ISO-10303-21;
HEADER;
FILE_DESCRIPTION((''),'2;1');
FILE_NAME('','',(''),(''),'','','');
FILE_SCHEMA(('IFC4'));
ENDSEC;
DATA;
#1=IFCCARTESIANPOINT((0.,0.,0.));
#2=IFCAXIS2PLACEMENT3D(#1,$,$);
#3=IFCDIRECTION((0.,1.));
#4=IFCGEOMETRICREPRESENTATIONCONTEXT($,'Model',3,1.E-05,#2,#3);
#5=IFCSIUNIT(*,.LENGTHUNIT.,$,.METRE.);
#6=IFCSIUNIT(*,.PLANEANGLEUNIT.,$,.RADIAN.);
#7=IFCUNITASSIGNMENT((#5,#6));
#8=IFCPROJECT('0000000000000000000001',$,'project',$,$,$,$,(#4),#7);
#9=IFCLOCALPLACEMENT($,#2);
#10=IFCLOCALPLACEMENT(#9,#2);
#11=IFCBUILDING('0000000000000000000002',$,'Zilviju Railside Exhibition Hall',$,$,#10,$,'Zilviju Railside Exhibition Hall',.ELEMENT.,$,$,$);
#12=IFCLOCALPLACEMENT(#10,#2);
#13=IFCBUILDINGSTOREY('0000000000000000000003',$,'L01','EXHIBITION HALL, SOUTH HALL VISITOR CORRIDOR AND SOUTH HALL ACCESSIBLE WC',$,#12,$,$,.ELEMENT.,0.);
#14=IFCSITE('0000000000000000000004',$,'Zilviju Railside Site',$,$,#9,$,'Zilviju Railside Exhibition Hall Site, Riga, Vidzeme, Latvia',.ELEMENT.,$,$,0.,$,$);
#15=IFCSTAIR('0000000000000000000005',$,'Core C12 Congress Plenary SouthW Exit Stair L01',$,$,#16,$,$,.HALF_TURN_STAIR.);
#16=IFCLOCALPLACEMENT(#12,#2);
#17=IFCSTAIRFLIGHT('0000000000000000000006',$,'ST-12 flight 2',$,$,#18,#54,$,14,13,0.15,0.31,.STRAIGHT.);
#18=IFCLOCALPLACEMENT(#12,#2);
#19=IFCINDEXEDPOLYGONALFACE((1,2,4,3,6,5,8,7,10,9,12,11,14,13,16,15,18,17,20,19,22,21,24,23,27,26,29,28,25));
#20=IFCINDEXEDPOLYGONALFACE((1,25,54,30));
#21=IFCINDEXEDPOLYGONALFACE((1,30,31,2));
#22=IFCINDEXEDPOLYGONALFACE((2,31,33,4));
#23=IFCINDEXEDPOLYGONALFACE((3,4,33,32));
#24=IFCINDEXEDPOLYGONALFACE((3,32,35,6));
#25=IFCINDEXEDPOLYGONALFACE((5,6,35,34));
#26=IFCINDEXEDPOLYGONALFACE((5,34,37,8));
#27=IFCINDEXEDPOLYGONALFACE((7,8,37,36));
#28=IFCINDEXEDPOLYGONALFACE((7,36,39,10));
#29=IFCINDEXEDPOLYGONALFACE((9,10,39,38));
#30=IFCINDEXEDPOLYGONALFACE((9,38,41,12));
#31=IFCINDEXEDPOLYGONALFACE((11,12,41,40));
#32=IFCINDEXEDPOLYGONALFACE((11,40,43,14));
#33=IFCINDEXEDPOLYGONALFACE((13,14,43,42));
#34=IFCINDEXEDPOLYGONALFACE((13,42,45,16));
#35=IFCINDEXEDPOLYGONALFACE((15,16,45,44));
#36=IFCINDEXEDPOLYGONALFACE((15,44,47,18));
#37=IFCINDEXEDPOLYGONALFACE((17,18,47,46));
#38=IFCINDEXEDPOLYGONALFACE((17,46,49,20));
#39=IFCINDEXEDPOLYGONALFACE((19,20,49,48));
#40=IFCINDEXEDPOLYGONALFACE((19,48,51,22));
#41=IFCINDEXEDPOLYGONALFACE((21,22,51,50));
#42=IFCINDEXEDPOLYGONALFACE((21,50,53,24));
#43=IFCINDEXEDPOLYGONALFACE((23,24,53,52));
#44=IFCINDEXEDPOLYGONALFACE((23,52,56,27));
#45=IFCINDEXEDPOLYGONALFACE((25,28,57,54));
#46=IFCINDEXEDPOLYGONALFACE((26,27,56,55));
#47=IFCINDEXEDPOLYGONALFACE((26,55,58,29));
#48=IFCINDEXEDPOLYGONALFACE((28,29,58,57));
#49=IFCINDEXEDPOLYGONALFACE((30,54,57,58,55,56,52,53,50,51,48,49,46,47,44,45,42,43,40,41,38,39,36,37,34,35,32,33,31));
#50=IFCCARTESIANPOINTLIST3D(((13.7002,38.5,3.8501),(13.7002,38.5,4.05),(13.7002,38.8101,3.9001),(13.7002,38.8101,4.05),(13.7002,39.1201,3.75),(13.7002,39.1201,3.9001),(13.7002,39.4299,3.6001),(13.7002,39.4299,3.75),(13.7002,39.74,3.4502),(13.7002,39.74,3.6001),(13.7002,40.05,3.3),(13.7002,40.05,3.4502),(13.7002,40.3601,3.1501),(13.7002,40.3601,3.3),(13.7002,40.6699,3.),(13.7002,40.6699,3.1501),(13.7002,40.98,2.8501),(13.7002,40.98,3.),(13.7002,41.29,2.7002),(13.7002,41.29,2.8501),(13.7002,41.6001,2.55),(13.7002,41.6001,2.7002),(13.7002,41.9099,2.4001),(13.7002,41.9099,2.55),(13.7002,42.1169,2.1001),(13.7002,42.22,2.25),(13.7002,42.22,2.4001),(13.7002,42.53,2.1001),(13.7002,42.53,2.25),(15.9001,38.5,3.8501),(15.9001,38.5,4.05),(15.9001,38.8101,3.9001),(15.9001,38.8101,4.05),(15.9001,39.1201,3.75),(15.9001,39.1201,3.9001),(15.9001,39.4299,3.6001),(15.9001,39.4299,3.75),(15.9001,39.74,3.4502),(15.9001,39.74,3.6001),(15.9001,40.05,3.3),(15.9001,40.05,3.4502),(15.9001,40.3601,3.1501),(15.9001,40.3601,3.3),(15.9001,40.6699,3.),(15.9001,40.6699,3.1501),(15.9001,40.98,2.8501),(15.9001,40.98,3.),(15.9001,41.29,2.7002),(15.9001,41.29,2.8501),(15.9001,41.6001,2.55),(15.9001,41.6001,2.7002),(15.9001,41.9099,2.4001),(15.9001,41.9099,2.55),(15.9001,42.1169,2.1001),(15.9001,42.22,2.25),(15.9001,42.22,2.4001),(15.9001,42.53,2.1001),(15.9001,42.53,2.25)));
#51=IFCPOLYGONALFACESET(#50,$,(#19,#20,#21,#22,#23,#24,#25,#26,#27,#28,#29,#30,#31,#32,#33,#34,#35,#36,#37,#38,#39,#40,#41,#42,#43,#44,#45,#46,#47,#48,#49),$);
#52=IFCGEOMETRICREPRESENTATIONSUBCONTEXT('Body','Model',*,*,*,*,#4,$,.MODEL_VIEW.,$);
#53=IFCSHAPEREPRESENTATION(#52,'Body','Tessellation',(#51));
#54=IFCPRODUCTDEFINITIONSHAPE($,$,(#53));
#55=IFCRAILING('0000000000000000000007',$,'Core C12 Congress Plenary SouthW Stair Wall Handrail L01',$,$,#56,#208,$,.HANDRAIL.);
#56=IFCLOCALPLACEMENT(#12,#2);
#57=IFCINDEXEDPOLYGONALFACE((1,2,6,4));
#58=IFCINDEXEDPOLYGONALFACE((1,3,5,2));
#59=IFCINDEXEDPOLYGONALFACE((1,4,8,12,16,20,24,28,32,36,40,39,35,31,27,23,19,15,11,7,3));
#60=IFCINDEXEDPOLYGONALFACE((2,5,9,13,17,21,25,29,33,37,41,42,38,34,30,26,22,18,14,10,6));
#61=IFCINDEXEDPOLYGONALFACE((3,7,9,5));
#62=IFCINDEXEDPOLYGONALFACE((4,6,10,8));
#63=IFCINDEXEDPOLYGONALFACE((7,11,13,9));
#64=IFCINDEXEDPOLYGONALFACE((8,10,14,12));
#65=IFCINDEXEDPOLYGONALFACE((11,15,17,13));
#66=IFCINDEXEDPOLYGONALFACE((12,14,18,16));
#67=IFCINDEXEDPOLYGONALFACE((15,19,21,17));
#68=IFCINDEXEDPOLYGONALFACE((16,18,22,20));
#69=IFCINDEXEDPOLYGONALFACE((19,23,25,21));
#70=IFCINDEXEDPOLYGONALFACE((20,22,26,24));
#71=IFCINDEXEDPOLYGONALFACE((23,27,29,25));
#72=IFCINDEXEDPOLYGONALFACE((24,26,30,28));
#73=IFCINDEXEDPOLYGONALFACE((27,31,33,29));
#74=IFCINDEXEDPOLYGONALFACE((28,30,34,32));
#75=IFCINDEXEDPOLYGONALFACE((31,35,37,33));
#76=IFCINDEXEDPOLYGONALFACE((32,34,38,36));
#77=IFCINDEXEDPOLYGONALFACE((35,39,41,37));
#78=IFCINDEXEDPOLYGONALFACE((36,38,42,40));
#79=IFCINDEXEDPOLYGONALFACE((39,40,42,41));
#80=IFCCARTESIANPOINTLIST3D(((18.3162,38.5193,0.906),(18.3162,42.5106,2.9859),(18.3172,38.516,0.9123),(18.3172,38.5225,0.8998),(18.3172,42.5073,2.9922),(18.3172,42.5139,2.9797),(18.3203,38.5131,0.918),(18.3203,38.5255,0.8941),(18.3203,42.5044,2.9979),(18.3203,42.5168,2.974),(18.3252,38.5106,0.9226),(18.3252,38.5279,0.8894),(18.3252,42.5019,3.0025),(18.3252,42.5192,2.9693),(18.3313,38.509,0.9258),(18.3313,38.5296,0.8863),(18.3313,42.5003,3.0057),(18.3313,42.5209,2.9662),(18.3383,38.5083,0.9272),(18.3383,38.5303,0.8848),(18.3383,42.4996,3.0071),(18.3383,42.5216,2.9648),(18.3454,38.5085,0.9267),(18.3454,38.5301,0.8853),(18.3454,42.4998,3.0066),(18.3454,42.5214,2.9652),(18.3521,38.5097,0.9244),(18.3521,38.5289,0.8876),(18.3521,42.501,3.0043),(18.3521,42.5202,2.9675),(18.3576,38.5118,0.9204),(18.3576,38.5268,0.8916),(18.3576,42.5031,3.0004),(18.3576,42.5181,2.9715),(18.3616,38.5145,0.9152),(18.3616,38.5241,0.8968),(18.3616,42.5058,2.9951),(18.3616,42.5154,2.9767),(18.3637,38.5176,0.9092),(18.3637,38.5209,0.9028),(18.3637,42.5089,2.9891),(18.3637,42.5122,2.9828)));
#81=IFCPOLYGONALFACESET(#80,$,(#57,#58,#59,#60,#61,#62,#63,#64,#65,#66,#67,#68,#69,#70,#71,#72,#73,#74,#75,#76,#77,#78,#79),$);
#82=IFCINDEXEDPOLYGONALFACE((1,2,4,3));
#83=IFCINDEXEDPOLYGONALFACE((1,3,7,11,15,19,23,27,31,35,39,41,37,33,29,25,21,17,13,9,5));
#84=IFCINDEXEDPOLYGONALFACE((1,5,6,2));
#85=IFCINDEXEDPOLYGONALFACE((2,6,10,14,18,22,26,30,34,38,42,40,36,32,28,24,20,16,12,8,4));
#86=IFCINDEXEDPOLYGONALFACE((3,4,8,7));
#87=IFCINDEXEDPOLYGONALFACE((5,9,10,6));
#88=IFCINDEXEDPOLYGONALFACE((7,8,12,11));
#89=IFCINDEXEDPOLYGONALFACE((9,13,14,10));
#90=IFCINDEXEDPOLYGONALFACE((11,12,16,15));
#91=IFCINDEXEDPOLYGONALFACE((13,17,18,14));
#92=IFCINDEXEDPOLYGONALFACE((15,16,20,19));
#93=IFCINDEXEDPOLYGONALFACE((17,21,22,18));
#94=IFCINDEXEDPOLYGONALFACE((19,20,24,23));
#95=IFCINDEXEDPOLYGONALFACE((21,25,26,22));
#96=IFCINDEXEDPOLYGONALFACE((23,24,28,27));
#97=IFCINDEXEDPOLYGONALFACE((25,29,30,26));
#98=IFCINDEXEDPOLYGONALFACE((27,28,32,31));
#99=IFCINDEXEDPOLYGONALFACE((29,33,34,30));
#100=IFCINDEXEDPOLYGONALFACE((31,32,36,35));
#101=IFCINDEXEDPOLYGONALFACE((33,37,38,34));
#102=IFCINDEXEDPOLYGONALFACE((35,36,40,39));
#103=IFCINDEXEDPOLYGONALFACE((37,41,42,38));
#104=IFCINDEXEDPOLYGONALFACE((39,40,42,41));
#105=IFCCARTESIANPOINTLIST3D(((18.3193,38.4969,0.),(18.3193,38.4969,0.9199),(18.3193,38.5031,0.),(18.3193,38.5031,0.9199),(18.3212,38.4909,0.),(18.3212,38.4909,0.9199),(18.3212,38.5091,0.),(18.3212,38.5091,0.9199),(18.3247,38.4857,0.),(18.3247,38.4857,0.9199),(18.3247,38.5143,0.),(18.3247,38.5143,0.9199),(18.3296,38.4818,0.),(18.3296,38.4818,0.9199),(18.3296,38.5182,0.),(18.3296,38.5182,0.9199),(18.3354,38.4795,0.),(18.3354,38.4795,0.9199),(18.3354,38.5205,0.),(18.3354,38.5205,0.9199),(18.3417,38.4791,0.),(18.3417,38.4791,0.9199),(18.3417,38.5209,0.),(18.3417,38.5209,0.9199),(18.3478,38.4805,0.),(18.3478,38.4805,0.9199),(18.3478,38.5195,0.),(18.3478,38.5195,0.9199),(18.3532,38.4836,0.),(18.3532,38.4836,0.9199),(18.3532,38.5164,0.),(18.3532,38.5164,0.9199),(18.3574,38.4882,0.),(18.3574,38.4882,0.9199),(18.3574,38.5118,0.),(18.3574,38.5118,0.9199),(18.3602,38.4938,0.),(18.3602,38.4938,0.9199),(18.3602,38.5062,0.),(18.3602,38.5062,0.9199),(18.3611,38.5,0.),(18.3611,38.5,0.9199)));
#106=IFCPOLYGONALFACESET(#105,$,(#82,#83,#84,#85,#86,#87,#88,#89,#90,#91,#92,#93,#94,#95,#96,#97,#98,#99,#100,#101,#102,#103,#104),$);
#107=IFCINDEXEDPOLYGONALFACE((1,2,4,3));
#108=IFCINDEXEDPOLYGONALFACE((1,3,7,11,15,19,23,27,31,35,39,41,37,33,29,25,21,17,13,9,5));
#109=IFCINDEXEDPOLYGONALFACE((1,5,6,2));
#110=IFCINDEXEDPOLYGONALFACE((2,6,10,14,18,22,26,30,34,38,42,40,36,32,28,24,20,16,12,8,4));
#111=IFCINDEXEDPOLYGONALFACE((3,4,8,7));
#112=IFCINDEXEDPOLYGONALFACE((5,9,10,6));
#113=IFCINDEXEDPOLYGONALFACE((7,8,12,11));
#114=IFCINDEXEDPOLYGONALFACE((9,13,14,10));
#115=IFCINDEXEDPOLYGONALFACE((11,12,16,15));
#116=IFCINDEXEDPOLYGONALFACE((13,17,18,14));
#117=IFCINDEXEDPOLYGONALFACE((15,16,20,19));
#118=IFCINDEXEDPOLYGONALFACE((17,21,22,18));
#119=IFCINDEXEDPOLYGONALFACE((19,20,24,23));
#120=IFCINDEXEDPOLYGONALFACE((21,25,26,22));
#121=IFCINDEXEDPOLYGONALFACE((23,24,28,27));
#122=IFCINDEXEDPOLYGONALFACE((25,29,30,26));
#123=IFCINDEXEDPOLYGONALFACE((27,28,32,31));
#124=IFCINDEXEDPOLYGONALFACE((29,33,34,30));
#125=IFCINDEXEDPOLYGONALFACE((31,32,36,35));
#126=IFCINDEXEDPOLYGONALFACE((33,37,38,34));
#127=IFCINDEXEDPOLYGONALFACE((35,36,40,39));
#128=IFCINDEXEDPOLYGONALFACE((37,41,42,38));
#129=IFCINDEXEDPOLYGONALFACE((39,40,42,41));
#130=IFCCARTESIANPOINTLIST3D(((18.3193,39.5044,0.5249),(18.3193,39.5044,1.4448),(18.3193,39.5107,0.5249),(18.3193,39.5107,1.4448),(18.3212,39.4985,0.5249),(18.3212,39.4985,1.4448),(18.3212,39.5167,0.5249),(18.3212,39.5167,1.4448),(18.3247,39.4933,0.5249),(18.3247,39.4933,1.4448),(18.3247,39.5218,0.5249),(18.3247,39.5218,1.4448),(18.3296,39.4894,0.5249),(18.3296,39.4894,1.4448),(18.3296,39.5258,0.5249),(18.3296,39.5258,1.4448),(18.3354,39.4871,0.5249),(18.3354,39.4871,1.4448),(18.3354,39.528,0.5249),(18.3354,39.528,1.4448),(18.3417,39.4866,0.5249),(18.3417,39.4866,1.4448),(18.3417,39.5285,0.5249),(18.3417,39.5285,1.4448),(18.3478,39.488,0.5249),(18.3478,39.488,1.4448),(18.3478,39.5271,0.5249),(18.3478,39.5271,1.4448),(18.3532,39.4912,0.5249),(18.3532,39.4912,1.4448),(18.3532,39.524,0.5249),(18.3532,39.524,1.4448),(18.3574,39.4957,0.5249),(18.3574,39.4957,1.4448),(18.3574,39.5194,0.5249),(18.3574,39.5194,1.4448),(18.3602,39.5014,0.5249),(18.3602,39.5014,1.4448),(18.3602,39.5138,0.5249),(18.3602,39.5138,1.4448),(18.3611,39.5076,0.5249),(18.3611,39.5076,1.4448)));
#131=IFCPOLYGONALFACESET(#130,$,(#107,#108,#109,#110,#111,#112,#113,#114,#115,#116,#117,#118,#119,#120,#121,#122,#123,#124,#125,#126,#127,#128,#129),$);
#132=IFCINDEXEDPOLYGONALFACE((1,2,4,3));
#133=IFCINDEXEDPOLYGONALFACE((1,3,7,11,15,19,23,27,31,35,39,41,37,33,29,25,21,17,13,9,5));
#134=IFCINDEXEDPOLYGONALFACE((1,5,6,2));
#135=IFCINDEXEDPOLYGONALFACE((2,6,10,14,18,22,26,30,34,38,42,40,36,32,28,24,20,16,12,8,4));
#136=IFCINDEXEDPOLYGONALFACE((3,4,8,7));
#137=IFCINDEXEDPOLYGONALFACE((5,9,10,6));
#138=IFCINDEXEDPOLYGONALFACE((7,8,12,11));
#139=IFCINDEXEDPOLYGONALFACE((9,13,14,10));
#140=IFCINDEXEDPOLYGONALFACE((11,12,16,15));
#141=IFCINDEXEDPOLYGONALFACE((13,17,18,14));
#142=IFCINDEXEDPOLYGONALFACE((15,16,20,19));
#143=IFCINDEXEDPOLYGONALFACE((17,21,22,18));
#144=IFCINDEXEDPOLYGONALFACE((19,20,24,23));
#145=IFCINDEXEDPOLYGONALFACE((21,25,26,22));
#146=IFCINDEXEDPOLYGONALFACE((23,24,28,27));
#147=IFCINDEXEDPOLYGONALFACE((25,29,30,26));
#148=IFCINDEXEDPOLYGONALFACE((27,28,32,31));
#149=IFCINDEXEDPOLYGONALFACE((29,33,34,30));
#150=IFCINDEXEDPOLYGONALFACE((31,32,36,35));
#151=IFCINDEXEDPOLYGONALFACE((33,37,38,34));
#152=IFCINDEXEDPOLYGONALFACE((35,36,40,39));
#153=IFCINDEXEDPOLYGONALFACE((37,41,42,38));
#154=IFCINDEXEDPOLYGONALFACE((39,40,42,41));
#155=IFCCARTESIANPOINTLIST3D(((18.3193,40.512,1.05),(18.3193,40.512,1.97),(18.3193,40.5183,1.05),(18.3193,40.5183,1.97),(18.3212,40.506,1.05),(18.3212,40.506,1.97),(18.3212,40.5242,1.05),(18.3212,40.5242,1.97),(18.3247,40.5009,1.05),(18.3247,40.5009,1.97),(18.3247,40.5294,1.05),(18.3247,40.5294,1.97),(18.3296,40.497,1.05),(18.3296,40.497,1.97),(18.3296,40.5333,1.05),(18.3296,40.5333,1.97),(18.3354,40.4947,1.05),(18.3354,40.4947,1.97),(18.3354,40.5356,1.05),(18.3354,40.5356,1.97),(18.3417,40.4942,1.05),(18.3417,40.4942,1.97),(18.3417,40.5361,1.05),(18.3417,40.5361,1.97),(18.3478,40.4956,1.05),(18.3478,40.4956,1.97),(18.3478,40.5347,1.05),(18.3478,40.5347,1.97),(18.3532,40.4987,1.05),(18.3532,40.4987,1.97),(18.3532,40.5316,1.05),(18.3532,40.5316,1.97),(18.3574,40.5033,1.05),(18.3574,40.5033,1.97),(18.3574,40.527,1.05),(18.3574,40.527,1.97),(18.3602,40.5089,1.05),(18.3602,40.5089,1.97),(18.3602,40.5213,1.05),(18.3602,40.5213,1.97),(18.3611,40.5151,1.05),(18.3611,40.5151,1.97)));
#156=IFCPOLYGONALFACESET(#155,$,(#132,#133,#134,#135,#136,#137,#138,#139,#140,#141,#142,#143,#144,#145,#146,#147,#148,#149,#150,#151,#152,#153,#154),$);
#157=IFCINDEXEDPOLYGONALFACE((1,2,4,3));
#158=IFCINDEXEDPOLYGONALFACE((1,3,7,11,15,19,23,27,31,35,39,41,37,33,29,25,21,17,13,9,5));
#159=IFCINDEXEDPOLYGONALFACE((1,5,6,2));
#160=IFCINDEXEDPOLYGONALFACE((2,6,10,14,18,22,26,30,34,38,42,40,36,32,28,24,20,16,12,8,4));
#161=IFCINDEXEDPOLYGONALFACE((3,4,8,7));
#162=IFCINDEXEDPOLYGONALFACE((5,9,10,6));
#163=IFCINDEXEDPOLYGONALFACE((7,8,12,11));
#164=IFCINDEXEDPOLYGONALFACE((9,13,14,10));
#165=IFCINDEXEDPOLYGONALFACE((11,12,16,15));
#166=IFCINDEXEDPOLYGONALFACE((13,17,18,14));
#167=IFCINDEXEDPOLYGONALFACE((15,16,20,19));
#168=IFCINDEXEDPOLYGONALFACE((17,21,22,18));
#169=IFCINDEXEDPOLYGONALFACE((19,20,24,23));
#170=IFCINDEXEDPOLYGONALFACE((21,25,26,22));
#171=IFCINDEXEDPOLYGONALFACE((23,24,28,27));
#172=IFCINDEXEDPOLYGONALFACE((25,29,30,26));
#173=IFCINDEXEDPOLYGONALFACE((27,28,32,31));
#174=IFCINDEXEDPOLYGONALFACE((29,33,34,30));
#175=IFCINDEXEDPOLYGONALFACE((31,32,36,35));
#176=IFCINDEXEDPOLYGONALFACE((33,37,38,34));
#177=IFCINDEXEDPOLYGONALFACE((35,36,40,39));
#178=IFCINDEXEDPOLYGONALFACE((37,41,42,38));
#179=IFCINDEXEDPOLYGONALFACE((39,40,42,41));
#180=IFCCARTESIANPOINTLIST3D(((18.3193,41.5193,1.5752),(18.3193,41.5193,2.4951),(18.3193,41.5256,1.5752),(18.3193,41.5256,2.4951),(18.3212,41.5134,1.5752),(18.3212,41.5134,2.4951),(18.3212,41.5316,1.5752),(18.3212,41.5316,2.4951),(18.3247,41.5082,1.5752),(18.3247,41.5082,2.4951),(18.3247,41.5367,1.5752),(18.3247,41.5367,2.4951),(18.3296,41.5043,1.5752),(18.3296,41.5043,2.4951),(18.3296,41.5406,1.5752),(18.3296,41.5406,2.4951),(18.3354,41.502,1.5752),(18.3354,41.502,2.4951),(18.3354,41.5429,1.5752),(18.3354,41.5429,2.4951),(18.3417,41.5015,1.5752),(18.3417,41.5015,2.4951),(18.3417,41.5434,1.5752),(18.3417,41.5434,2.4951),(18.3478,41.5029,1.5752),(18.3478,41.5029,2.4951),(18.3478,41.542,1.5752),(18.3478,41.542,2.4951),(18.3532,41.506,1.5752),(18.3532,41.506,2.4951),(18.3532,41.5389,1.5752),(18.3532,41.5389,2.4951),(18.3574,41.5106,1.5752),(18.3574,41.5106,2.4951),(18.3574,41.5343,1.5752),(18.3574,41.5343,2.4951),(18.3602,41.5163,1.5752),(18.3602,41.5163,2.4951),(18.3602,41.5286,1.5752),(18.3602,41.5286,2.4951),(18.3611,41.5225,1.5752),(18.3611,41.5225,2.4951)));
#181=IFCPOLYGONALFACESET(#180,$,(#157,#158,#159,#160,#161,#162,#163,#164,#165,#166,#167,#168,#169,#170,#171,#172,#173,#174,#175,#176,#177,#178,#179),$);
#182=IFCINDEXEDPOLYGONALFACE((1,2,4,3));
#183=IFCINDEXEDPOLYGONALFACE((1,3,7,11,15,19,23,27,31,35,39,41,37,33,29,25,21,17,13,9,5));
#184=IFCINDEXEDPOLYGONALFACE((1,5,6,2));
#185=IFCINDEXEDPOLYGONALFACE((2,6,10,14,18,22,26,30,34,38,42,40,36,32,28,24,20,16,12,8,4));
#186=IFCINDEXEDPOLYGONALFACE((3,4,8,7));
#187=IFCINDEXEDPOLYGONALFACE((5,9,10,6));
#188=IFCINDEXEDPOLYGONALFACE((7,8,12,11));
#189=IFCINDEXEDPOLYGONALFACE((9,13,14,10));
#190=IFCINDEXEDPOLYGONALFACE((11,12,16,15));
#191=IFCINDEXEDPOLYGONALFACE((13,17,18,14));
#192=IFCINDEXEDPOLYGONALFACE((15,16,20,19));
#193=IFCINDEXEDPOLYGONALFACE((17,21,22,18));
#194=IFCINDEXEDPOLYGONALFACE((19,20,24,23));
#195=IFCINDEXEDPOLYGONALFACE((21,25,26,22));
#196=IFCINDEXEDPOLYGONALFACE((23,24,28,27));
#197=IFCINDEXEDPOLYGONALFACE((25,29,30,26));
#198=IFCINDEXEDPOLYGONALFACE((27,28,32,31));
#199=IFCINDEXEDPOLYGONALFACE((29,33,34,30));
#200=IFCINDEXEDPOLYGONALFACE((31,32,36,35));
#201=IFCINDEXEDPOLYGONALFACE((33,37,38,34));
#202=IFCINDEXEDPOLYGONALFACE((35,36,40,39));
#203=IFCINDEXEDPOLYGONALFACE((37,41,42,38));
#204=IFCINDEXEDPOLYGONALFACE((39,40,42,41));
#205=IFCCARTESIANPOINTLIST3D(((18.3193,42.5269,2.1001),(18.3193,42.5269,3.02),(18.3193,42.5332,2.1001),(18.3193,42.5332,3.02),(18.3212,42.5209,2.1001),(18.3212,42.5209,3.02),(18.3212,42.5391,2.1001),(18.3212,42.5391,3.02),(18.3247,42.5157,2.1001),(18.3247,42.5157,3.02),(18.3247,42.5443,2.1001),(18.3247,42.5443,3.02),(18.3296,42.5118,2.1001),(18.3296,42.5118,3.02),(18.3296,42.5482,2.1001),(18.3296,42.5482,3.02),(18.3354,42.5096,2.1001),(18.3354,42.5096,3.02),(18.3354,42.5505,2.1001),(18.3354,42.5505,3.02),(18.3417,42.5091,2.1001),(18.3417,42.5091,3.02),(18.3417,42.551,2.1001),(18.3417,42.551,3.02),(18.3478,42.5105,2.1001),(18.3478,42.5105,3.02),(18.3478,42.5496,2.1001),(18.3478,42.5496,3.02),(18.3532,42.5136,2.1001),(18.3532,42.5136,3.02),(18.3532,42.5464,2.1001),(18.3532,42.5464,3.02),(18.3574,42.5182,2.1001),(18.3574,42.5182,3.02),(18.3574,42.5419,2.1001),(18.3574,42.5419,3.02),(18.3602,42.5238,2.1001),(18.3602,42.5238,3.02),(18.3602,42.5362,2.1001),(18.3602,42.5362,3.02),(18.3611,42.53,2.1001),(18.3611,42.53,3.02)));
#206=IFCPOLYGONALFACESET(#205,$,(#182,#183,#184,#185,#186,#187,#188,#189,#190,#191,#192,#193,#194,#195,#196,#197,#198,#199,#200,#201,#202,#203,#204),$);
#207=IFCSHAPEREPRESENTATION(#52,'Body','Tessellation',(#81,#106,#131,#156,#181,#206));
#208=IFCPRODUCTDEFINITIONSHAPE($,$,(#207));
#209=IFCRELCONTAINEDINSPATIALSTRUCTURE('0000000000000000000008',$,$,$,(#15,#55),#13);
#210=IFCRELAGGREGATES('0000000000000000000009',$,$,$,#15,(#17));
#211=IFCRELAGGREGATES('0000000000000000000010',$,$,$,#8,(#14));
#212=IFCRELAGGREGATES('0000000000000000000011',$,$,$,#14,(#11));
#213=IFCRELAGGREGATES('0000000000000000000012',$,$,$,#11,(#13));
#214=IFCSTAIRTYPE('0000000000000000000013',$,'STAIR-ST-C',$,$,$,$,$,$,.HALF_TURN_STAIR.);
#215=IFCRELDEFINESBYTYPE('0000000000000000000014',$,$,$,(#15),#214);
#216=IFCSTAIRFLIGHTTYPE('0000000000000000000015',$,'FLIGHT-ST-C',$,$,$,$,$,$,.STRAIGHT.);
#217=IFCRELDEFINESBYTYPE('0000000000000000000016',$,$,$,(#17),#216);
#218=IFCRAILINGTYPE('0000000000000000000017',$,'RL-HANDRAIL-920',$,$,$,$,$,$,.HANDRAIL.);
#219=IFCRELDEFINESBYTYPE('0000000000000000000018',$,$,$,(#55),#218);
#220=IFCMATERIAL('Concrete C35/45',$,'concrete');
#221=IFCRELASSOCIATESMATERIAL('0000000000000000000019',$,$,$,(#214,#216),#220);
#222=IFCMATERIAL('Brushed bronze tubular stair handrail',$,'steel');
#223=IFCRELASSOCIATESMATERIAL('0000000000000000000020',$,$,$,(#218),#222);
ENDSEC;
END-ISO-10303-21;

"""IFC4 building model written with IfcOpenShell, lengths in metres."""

from ifc_helpers import new_model, si_unit, direction, frame, origin, origin_2d, place, context, subcontext, project, spatial, polyline, circle, outline, extrude, material, type_object, element, aggregate, save


model = new_model("IFC4")

# Units and contexts
model_context = context("Model", 3, precision=1e-05, world=origin(), true_north=direction((0.0, 1.0)))
body_context = subcontext(model_context, "Body", "Model", "MODEL_VIEW")
ifc_project = project(units=[si_unit("LENGTHUNIT", "METRE"), si_unit("PLANEANGLEUNIT", "RADIAN")], contexts=[model_context])

# Site, building, storey
site_placement = place(None, origin())
site = spatial("IfcSite", under=ifc_project, at=site_placement, Name="Zilviju Railside Site", LongName="Zilviju Railside Exhibition Hall Site, Riga, Vidzeme, Latvia", CompositionType="ELEMENT", RefElevation=0.0)
building_placement = place(site_placement, origin())
building = spatial("IfcBuilding", under=site, at=building_placement, Name="Zilviju Railside Exhibition Hall", LongName="Zilviju Railside Exhibition Hall", CompositionType="ELEMENT")
storey_placement = place(building_placement, origin())
storey = spatial("IfcBuildingStorey", under=building, at=storey_placement, Name="L01", Description="EXHIBITION HALL, SOUTH HALL VISITOR CORRIDOR AND SOUTH HALL ACCESSIBLE WC", CompositionType="ELEMENT", Elevation=0.0)

# Shared definitions
ifc_material_1 = material(Name="Concrete C35/45", Category="concrete")

# Stair, stair flight
stair_type = type_object("IfcStairType", Name="STAIR-ST-C", PredefinedType="HALF_TURN_STAIR", material=ifc_material_1)
stair_placement = place(storey_placement, origin())
stair = element("IfcStair", 1, at=stair_placement, inside=storey, type_object=stair_type, Name="Core C12 Congress Plenary SouthW Exit Stair L01", PredefinedType="HALF_TURN_STAIR")
stair_flight_type = type_object("IfcStairFlightType", Name="FLIGHT-ST-C", PredefinedType="STRAIGHT", material=ifc_material_1)
stair_flight_1_placement = place(storey_placement, frame((14.8, 42.53, 2.1001), z_axis=(0.0, 0.0, 1.0), x_axis=(0.0, -1.0, 0.0)))
stair_flight_1 = element("IfcStairFlight", 2, at=stair_flight_1_placement, type_object=stair_flight_type, Name="ST-12 flight 2", NumberOfRisers=14, NumberOfTreads=13, PredefinedType="STRAIGHT", RiserHeight=0.15, TreadLength=0.31, context=body_context, shape_type="SweptSolid", body=[
    extrude(outline(polyline([(0.0, 0.0), (0.0, 0.1499), (0.3101, 0.1499), (0.3101, 0.3), (0.6201, 0.3), (0.6201, 0.45), (0.9299, 0.45), (0.9299, 0.6001), (1.24, 0.6001), (1.24, 0.75), (1.55, 0.75), (1.55, 0.8999), (1.8601, 0.8999), (1.8601, 1.05), (2.1699, 1.05), (2.1699, 1.2), (2.48, 1.2), (2.48, 1.3501), (2.79, 1.3501), (2.79, 1.5), (3.1001, 1.5), (3.1001, 1.6499), (3.4099, 1.6499), (3.4099, 1.8), (3.72, 1.8), (3.72, 1.95), (4.03, 1.95), (4.03, 2.1001), (4.03, 1.75), (0.4131, 0.0), (0.0, 0.0)])), frame((0.0, 1.1001, 0.0), z_axis=(0.0, -1.0, 0.0), x_axis=(1.0, 0.0, 0.0)), (0.0, 0.0, 1.0), 2.2),
])
aggregate(stair, [stair_flight_1])

# Railing
ifc_material_2 = material(Name="Brushed bronze tubular stair handrail", Category="steel")
railing_type_1 = type_object("IfcRailingType", Name="RL-HANDRAIL-920", PredefinedType="HANDRAIL", material=ifc_material_2)
railing_1_placement = place(storey_placement, frame((18.3401, 38.5, 0.0)))
element("IfcRailing", 3, at=railing_1_placement, inside=storey, type_object=railing_type_1, Name="Core C12 Congress Plenary SouthW Stair Wall Handrail L01", PredefinedType="HANDRAIL", context=body_context, shape_type="SweptSolid", body=[
    extrude(circle(Radius=0.0239, at=origin_2d()), frame((0.0, 0.0193, 0.906), z_axis=(0.0, 0.886813, 0.462129), x_axis=(-1.0, 0.0, 0.0)), (0.0, 0.0, 1.0), 4.5007),
    extrude(circle(Radius=0.021, at=origin_2d()), origin(), (0.0, 0.0, 1.0), 0.9199),
    extrude(circle(Radius=0.021, at=origin_2d()), frame((0.0, 1.0076, 0.5249)), (0.0, 0.0, 1.0), 0.9199),
    extrude(circle(Radius=0.021, at=origin_2d()), frame((0.0, 2.0151, 1.05)), (0.0, 0.0, 1.0), 0.9199),
    extrude(circle(Radius=0.021, at=origin_2d()), frame((0.0, 3.0225, 1.5752)), (0.0, 0.0, 1.0), 0.9199),
    extrude(circle(Radius=0.021, at=origin_2d()), frame((0.0, 4.03, 2.1001)), (0.0, 0.0, 1.0), 0.9199),
])

save(model, "model.ifc")
